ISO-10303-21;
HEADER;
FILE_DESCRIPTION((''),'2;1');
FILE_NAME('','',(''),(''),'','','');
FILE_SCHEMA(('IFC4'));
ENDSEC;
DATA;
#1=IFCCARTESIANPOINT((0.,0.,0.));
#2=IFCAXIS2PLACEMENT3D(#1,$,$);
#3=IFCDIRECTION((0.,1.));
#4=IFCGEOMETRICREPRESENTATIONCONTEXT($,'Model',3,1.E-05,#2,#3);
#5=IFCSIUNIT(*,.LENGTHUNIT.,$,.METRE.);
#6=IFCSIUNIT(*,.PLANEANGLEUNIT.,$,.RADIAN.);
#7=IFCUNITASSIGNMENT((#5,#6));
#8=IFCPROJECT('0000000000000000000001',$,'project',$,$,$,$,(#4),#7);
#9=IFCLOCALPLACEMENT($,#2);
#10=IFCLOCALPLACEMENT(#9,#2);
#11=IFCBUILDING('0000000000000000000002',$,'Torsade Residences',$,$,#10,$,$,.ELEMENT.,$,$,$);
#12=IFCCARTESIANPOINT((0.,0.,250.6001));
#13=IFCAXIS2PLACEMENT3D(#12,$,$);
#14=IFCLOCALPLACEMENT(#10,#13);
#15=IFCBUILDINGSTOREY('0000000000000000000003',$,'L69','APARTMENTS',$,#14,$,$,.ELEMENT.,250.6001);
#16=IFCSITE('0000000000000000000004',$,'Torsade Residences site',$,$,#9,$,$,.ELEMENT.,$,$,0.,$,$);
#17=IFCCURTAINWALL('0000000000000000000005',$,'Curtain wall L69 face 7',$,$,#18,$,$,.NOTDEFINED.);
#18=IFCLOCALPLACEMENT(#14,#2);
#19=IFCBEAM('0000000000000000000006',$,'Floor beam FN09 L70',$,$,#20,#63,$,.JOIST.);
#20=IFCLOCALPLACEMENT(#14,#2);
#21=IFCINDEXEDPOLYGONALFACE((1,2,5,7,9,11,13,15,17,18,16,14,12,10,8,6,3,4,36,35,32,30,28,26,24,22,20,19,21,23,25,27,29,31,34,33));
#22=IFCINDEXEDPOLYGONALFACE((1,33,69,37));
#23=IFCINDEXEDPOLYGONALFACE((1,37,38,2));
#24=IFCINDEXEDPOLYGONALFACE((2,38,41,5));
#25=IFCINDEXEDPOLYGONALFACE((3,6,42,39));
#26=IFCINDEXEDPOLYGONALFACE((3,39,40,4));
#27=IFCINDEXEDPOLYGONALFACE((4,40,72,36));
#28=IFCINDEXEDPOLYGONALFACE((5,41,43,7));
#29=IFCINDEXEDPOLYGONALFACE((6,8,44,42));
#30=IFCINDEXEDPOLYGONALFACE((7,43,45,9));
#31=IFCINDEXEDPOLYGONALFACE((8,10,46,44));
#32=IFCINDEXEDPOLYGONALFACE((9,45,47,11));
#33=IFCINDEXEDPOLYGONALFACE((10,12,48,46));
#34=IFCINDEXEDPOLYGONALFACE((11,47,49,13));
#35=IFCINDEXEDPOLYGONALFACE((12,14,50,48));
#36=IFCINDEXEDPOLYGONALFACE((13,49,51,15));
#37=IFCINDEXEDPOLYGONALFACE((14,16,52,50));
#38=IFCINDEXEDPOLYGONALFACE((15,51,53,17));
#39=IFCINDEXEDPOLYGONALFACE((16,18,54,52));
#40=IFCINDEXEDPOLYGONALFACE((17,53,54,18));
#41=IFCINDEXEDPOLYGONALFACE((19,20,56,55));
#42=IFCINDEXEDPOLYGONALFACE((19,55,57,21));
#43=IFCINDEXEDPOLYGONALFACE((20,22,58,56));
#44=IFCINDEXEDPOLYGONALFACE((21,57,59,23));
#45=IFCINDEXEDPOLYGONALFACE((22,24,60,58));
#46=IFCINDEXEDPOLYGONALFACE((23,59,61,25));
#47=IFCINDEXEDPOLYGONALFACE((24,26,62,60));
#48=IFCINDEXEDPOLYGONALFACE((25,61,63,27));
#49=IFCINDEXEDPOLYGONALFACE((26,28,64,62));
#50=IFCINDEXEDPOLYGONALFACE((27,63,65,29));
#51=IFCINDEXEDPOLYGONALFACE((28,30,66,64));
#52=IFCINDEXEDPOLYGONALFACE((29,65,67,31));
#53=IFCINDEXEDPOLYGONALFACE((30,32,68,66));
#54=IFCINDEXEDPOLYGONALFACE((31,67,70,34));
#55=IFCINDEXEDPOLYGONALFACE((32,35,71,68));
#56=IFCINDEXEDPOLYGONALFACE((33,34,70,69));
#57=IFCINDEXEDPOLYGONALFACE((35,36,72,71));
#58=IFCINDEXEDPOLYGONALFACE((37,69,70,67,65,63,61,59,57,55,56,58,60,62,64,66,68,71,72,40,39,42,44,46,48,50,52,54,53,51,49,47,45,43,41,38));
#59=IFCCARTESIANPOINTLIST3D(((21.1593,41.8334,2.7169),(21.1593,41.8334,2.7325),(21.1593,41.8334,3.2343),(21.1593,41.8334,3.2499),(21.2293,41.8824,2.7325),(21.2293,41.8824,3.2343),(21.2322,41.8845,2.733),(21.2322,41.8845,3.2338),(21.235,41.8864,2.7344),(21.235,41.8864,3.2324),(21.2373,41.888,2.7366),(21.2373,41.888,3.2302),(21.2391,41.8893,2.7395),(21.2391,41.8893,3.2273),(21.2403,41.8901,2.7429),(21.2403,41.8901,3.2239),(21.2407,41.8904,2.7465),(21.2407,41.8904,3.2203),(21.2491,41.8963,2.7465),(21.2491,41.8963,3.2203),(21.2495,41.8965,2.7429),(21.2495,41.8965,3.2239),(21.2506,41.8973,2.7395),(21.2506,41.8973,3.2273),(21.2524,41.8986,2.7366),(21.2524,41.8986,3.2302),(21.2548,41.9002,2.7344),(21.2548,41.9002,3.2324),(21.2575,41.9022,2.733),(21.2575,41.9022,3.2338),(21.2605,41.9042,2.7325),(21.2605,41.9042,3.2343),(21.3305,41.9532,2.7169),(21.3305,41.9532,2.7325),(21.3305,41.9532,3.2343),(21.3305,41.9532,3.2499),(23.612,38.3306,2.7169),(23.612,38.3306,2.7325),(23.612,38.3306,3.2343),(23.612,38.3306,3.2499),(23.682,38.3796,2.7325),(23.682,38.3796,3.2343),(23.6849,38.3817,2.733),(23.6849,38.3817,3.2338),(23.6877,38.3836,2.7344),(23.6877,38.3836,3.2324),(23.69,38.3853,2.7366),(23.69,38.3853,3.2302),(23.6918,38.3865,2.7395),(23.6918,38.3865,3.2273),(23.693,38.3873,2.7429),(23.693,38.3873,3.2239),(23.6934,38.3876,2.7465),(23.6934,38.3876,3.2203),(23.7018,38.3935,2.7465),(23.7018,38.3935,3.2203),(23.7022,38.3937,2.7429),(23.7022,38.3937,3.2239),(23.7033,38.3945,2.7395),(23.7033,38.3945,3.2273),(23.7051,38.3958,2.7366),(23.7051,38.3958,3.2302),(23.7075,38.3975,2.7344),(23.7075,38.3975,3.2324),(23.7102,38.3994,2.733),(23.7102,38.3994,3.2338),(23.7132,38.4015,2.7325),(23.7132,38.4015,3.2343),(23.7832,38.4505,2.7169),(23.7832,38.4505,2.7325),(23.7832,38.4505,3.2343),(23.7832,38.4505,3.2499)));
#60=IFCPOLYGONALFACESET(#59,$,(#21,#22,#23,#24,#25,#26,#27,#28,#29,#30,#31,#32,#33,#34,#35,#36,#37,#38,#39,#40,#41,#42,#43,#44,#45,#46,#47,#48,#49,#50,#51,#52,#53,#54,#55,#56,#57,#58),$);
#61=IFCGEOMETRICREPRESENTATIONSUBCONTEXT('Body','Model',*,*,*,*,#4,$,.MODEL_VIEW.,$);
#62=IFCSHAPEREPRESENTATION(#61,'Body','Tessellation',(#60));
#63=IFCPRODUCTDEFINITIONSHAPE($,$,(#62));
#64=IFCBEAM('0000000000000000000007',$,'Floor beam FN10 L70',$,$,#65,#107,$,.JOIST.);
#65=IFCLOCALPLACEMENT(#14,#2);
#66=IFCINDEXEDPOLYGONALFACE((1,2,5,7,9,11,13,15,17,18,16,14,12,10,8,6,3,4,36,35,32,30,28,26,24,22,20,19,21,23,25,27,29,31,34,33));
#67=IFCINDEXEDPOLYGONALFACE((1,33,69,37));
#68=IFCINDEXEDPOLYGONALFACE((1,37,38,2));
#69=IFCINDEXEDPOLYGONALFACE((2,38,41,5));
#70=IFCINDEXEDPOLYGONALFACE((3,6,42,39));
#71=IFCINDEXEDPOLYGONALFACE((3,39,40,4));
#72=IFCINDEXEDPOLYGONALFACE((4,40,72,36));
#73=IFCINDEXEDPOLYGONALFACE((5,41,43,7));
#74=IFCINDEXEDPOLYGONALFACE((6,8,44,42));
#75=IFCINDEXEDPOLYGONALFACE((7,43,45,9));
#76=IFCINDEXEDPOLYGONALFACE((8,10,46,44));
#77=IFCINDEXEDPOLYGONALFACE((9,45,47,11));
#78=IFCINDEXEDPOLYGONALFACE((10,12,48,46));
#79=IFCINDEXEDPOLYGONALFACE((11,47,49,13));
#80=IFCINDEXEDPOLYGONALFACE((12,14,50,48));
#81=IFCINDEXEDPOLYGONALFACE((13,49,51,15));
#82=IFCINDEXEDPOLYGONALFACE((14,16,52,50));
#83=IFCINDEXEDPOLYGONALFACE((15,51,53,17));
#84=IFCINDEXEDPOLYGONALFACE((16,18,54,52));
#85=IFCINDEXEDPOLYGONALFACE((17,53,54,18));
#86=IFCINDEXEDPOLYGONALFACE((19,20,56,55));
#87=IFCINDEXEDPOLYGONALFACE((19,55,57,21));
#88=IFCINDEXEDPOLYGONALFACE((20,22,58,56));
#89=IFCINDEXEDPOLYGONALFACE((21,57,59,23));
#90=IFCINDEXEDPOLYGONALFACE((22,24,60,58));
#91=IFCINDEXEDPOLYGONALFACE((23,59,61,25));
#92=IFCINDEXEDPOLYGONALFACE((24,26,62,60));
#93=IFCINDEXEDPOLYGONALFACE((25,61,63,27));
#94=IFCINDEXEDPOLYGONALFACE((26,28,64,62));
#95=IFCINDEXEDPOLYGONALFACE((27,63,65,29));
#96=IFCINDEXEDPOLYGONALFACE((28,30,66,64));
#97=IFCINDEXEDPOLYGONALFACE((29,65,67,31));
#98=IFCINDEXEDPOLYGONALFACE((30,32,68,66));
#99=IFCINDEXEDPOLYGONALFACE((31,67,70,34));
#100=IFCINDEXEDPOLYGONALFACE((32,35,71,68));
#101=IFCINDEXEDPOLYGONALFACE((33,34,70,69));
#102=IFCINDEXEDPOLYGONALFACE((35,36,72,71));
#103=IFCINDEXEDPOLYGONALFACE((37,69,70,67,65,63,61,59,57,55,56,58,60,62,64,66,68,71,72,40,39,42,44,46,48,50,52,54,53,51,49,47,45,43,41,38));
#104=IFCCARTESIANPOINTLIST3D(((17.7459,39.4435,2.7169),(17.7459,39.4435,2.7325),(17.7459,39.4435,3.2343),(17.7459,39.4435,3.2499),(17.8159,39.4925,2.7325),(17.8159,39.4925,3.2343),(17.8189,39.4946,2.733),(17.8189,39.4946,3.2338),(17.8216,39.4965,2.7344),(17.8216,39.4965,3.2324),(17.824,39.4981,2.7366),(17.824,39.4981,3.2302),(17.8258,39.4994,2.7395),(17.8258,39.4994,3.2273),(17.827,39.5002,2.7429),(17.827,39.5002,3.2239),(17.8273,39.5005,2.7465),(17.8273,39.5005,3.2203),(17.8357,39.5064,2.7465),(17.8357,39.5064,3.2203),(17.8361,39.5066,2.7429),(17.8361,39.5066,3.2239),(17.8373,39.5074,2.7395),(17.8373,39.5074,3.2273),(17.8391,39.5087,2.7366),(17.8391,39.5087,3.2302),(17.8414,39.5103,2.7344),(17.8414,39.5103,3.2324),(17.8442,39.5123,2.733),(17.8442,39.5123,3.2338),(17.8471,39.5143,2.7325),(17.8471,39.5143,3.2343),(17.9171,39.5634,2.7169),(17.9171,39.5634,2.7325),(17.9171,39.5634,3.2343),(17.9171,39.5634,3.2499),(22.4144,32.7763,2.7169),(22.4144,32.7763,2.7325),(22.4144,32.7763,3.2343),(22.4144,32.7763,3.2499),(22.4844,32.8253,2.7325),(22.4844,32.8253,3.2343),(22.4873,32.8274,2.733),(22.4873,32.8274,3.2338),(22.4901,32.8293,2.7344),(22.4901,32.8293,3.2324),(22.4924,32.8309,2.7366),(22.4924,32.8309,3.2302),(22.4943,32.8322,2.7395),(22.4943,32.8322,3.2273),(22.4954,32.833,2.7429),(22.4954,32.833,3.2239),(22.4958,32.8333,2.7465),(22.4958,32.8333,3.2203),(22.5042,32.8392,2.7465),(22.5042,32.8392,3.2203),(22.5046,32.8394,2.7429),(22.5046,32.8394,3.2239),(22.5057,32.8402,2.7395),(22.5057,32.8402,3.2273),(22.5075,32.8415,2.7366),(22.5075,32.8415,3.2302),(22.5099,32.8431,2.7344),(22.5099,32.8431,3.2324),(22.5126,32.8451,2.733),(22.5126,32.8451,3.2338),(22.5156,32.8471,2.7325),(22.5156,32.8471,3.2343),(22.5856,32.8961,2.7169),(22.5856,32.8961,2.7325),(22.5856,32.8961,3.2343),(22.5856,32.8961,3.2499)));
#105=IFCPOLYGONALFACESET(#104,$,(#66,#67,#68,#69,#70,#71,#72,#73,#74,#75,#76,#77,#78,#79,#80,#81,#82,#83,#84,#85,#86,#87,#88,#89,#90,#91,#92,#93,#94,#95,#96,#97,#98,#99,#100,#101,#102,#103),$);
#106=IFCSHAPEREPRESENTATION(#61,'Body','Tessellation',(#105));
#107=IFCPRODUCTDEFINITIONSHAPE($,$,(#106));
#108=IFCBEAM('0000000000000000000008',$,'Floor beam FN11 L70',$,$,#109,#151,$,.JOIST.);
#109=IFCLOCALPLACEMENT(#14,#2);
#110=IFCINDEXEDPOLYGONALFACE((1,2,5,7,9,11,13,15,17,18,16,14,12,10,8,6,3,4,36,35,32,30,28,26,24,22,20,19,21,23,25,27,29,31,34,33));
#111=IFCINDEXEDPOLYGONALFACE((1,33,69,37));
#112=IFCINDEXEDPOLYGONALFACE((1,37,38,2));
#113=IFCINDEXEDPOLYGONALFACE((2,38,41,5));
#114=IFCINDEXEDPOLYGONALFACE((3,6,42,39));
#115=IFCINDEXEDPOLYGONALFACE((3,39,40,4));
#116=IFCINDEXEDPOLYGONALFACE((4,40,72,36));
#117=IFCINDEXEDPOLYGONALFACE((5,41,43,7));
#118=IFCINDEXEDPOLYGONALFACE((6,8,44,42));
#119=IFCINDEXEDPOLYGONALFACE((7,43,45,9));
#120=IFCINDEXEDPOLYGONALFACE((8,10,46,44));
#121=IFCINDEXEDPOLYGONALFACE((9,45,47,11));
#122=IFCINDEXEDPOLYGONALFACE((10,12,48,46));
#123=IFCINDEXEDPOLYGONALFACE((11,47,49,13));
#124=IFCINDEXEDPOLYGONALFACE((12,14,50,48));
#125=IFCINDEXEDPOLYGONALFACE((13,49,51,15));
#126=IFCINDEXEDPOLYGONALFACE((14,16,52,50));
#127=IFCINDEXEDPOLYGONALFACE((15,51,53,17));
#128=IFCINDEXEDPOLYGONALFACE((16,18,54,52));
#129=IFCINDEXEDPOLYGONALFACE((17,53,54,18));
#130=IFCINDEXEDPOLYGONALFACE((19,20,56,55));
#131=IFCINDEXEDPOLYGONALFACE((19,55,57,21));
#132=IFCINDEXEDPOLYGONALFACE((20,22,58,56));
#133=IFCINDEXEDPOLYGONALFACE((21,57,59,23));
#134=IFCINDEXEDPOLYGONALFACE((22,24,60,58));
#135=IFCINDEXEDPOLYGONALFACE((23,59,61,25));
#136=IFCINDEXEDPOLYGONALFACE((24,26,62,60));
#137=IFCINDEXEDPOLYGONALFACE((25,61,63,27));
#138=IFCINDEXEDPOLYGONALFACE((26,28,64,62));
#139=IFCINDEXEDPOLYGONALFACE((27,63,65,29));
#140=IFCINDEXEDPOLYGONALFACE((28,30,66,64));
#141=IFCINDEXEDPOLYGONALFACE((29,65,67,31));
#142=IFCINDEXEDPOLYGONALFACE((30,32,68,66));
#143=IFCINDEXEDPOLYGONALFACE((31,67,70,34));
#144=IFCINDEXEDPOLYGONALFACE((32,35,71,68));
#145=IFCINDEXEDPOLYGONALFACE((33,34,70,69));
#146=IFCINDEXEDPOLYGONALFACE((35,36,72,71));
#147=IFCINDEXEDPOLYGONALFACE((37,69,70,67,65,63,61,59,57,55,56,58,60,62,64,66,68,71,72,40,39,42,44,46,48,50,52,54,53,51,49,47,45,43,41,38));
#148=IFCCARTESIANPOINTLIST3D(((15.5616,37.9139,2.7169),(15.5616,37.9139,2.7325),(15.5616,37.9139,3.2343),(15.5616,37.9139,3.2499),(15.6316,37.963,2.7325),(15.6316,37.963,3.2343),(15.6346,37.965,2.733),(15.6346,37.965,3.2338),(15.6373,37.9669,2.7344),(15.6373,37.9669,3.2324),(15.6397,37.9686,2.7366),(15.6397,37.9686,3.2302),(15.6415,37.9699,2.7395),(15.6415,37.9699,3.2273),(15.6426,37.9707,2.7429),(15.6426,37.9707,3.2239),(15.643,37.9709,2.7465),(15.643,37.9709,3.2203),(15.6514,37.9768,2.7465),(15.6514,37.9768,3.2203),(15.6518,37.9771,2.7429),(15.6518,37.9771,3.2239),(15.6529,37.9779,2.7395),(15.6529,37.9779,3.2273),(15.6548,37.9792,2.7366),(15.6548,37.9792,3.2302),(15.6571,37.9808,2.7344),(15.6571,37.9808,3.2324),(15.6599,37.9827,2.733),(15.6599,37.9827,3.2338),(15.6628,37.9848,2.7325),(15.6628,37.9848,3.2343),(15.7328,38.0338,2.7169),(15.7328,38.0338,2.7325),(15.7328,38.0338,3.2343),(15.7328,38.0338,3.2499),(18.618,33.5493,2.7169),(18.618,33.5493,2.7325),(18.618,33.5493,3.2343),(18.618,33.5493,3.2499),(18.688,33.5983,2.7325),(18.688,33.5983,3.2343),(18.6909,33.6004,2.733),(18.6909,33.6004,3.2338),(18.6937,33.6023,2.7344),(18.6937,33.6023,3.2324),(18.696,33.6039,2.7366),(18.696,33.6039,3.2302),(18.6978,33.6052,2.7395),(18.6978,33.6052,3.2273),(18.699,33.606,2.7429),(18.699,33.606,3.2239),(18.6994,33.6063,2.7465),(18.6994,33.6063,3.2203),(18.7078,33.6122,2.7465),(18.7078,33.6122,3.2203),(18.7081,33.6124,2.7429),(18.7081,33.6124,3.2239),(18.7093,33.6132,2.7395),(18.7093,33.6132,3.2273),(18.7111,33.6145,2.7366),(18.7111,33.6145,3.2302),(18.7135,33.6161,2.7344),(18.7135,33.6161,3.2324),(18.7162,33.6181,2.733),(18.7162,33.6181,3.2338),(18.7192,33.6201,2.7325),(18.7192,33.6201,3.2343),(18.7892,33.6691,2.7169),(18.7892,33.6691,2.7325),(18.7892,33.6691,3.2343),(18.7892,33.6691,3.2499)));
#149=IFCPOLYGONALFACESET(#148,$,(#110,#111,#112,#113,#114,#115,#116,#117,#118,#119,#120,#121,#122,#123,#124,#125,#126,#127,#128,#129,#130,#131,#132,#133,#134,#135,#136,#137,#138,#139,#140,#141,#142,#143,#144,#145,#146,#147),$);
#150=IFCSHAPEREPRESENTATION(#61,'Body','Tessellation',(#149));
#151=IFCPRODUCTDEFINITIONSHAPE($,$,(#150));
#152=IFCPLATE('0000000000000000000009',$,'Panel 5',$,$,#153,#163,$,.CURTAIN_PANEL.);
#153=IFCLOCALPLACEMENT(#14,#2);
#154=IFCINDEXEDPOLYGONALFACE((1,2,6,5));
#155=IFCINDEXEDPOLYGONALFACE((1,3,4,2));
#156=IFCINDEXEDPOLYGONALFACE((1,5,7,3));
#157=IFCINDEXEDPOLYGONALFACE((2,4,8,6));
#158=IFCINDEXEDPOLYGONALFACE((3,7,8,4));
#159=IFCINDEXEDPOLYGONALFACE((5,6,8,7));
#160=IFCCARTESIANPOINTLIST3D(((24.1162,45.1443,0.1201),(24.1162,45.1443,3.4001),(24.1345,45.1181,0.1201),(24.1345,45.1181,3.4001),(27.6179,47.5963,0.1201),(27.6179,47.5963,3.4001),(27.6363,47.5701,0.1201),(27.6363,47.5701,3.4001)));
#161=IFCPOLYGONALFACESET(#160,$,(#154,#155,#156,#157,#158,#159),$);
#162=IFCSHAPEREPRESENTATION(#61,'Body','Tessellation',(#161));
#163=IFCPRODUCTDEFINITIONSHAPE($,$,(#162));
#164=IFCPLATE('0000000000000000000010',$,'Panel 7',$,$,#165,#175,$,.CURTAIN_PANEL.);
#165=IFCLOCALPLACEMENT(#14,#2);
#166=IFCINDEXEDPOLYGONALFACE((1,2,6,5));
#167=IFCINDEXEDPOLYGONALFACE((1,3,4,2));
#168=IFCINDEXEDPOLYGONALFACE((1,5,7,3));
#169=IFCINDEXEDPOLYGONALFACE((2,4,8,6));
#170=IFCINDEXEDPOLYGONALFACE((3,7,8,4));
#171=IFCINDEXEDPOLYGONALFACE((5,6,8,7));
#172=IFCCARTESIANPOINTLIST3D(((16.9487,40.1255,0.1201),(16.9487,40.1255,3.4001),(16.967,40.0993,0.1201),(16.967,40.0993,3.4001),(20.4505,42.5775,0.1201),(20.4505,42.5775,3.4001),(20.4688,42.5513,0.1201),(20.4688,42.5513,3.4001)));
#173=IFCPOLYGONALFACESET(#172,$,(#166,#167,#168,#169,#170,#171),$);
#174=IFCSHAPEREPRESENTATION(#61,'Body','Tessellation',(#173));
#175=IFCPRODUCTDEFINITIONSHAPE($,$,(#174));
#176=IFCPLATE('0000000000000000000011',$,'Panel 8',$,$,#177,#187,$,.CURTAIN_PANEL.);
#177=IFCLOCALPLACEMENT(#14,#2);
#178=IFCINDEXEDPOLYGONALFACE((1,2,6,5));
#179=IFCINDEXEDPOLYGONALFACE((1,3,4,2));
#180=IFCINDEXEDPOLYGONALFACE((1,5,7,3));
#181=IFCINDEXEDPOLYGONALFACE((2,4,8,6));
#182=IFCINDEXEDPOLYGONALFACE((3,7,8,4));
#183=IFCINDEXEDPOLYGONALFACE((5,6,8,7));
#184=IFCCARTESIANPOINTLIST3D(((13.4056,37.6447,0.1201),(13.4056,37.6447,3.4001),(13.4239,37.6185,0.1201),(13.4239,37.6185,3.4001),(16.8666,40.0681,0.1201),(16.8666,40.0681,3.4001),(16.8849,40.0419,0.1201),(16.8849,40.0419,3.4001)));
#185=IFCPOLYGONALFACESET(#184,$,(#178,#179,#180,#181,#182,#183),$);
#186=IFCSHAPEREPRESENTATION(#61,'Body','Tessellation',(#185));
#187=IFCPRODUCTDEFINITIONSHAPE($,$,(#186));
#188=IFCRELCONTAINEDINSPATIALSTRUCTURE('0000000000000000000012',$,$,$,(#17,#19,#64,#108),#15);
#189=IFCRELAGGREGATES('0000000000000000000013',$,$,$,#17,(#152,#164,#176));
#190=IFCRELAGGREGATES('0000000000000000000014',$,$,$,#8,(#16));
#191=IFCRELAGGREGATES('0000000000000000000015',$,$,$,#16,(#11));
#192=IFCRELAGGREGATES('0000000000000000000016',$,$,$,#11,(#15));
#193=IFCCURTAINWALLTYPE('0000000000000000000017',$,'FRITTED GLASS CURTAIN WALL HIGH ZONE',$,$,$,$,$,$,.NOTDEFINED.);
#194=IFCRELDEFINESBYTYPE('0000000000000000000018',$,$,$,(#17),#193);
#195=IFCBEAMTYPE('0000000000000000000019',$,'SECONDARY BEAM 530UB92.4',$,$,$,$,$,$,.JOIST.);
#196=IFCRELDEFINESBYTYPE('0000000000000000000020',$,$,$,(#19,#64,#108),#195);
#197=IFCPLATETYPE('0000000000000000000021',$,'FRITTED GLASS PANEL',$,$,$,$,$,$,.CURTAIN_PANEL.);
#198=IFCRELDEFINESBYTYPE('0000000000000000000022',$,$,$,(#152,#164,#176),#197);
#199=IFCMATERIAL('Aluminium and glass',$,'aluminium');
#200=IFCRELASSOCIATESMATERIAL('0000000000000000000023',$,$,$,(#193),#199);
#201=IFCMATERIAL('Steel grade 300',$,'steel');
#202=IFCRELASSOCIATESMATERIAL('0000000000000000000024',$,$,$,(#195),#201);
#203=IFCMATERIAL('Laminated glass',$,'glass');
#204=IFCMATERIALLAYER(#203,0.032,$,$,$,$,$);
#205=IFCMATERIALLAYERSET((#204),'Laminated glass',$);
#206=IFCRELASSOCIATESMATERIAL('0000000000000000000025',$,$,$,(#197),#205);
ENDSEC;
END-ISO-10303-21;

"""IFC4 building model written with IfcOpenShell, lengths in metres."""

from ifc_helpers import new_model, si_unit, direction, frame, origin, origin_2d, place, context, subcontext, project, spatial, rectangle, i_section, extrude, material, layer, layer_set, material_profile, profile_set, type_object, element, aggregate, save


model = new_model("IFC4")

# Units and contexts
model_context = context("Model", 3, precision=1e-05, world=origin(), true_north=direction((0.0, 1.0)))
body_context = subcontext(model_context, "Body", "Model", "MODEL_VIEW")
ifc_project = project(units=[si_unit("LENGTHUNIT", "METRE"), si_unit("PLANEANGLEUNIT", "RADIAN")], contexts=[model_context])

# Site, building, storey
site_placement = place(None, origin())
site = spatial("IfcSite", under=ifc_project, at=site_placement, Name="Torsade Residences site", CompositionType="ELEMENT", RefElevation=0.0)
building_placement = place(site_placement, origin())
building = spatial("IfcBuilding", under=site, at=building_placement, Name="Torsade Residences", CompositionType="ELEMENT")
storey_placement = place(building_placement, frame((0.0, 0.0, 250.6001)))
storey = spatial("IfcBuildingStorey", under=building, at=storey_placement, Name="L69", Description="APARTMENTS", CompositionType="ELEMENT", Elevation=250.6001)

# Curtain wall
ifc_material_1 = material(Name="Aluminium and glass", Category="aluminium")
curtain_wall_type = type_object("IfcCurtainWallType", Name="FRITTED GLASS CURTAIN WALL HIGH ZONE", PredefinedType="NOTDEFINED", material=ifc_material_1)
curtain_wall_placement = place(storey_placement, origin())
curtain_wall = element("IfcCurtainWall", 1, at=curtain_wall_placement, inside=storey, type_object=curtain_wall_type, Name="Curtain wall L69 face 7", PredefinedType="NOTDEFINED")

# Beams
ifc_material_2 = material(Name="Steel grade 300", Category="steel")
ifc_material_profile_1 = material_profile(ifc_material_2, i_section(OverallWidth=0.209, OverallDepth=0.533, WebThickness=0.0103, FlangeThickness=0.0156, FilletRadius=0.0139, at=origin_2d()), Name="530UB92.4")
ifc_profile_set_1 = profile_set([ifc_material_profile_1], Name="Steel grade 300")
beam_type_1 = type_object("IfcBeamType", Name="SECONDARY BEAM 530UB92.4", PredefinedType="JOIST", material=ifc_profile_set_1)
beam_1_placement = place(storey_placement, frame((21.2449, 41.8933, 2.9834), z_axis=(0.573581, -0.819149, 0.0), x_axis=(0.819149, 0.573581, 0.0)))
element("IfcBeam", 2, at=beam_1_placement, inside=storey, type_object=beam_type_1, Name="Floor beam FN09 L70", PredefinedType="JOIST", context=body_context, shape_type="SweptSolid", body=[
    extrude(i_section(OverallWidth=0.209, OverallDepth=0.533, WebThickness=0.0103, FlangeThickness=0.0156, FilletRadius=0.0139, at=origin_2d()), origin(), (0.0, 0.0, 1.0), 4.2761),
])
beam_2_placement = place(storey_placement, frame((17.8315, 39.5034, 2.9834), z_axis=(0.573577, -0.819152, 0.0), x_axis=(0.819152, 0.573577, 0.0)))
element("IfcBeam", 3, at=beam_2_placement, inside=storey, type_object=beam_type_1, Name="Floor beam FN10 L70", PredefinedType="JOIST", context=body_context, shape_type="SweptSolid", body=[
    extrude(i_section(OverallWidth=0.209, OverallDepth=0.533, WebThickness=0.0103, FlangeThickness=0.0156, FilletRadius=0.0139, at=origin_2d()), origin(), (0.0, 0.0, 1.0), 8.1392),
])
beam_3_placement = place(storey_placement, frame((15.6472, 37.9739, 2.9834), z_axis=(0.573598, -0.819137, 0.0), x_axis=(0.819137, 0.573598, 0.0)))
element("IfcBeam", 4, at=beam_3_placement, inside=storey, type_object=beam_type_1, Name="Floor beam FN11 L70", PredefinedType="JOIST", context=body_context, shape_type="SweptSolid", body=[
    extrude(i_section(OverallWidth=0.209, OverallDepth=0.533, WebThickness=0.0103, FlangeThickness=0.0156, FilletRadius=0.0139, at=origin_2d()), origin(), (0.0, 0.0, 1.0), 5.3284),
])

# Plates
ifc_material_3 = material(Name="Laminated glass", Category="glass")
ifc_layer_1 = layer(ifc_material_3, 0.032)
ifc_layer_set_1 = layer_set([ifc_layer_1], Name="Laminated glass")
plate_type_1 = type_object("IfcPlateType", Name="FRITTED GLASS PANEL", PredefinedType="CURTAIN_PANEL", material=ifc_layer_set_1)
plate_1_placement = place(storey_placement, frame((25.8762, 46.3572, 0.1201), z_axis=(0.0, 0.0, 1.0), x_axis=(-0.819152, -0.573576, 0.0)))
plate_1 = element("IfcPlate", 5, at=plate_1_placement, type_object=plate_type_1, Name="Panel 5", PredefinedType="CURTAIN_PANEL", context=body_context, shape_type="SweptSolid", body=[
    extrude(rectangle(XDim=4.2749, YDim=0.032, at=origin_2d()), origin(), (0.0, 0.0, 1.0), 3.28),
])
plate_2_placement = place(storey_placement, frame((18.7087, 41.3384, 0.1201), z_axis=(0.0, 0.0, 1.0), x_axis=(-0.819152, -0.573576, 0.0)))
plate_2 = element("IfcPlate", 6, at=plate_2_placement, type_object=plate_type_1, Name="Panel 7", PredefinedType="CURTAIN_PANEL", context=body_context, shape_type="SweptSolid", body=[
    extrude(rectangle(XDim=4.2749, YDim=0.032, at=origin_2d()), origin(), (0.0, 0.0, 1.0), 3.28),
])
plate_3_placement = place(storey_placement, frame((15.1453, 38.8433, 0.1201), z_axis=(0.0, 0.0, 1.0), x_axis=(-0.819152, -0.573576, 0.0)))
plate_3 = element("IfcPlate", 7, at=plate_3_placement, type_object=plate_type_1, Name="Panel 8", PredefinedType="CURTAIN_PANEL", context=body_context, shape_type="SweptSolid", body=[
    extrude(rectangle(XDim=4.2251, YDim=0.032, at=origin_2d()), origin(), (0.0, 0.0, 1.0), 3.28),
])
aggregate(curtain_wall, [plate_1, plate_2, plate_3])

save(model, "model.ifc")
